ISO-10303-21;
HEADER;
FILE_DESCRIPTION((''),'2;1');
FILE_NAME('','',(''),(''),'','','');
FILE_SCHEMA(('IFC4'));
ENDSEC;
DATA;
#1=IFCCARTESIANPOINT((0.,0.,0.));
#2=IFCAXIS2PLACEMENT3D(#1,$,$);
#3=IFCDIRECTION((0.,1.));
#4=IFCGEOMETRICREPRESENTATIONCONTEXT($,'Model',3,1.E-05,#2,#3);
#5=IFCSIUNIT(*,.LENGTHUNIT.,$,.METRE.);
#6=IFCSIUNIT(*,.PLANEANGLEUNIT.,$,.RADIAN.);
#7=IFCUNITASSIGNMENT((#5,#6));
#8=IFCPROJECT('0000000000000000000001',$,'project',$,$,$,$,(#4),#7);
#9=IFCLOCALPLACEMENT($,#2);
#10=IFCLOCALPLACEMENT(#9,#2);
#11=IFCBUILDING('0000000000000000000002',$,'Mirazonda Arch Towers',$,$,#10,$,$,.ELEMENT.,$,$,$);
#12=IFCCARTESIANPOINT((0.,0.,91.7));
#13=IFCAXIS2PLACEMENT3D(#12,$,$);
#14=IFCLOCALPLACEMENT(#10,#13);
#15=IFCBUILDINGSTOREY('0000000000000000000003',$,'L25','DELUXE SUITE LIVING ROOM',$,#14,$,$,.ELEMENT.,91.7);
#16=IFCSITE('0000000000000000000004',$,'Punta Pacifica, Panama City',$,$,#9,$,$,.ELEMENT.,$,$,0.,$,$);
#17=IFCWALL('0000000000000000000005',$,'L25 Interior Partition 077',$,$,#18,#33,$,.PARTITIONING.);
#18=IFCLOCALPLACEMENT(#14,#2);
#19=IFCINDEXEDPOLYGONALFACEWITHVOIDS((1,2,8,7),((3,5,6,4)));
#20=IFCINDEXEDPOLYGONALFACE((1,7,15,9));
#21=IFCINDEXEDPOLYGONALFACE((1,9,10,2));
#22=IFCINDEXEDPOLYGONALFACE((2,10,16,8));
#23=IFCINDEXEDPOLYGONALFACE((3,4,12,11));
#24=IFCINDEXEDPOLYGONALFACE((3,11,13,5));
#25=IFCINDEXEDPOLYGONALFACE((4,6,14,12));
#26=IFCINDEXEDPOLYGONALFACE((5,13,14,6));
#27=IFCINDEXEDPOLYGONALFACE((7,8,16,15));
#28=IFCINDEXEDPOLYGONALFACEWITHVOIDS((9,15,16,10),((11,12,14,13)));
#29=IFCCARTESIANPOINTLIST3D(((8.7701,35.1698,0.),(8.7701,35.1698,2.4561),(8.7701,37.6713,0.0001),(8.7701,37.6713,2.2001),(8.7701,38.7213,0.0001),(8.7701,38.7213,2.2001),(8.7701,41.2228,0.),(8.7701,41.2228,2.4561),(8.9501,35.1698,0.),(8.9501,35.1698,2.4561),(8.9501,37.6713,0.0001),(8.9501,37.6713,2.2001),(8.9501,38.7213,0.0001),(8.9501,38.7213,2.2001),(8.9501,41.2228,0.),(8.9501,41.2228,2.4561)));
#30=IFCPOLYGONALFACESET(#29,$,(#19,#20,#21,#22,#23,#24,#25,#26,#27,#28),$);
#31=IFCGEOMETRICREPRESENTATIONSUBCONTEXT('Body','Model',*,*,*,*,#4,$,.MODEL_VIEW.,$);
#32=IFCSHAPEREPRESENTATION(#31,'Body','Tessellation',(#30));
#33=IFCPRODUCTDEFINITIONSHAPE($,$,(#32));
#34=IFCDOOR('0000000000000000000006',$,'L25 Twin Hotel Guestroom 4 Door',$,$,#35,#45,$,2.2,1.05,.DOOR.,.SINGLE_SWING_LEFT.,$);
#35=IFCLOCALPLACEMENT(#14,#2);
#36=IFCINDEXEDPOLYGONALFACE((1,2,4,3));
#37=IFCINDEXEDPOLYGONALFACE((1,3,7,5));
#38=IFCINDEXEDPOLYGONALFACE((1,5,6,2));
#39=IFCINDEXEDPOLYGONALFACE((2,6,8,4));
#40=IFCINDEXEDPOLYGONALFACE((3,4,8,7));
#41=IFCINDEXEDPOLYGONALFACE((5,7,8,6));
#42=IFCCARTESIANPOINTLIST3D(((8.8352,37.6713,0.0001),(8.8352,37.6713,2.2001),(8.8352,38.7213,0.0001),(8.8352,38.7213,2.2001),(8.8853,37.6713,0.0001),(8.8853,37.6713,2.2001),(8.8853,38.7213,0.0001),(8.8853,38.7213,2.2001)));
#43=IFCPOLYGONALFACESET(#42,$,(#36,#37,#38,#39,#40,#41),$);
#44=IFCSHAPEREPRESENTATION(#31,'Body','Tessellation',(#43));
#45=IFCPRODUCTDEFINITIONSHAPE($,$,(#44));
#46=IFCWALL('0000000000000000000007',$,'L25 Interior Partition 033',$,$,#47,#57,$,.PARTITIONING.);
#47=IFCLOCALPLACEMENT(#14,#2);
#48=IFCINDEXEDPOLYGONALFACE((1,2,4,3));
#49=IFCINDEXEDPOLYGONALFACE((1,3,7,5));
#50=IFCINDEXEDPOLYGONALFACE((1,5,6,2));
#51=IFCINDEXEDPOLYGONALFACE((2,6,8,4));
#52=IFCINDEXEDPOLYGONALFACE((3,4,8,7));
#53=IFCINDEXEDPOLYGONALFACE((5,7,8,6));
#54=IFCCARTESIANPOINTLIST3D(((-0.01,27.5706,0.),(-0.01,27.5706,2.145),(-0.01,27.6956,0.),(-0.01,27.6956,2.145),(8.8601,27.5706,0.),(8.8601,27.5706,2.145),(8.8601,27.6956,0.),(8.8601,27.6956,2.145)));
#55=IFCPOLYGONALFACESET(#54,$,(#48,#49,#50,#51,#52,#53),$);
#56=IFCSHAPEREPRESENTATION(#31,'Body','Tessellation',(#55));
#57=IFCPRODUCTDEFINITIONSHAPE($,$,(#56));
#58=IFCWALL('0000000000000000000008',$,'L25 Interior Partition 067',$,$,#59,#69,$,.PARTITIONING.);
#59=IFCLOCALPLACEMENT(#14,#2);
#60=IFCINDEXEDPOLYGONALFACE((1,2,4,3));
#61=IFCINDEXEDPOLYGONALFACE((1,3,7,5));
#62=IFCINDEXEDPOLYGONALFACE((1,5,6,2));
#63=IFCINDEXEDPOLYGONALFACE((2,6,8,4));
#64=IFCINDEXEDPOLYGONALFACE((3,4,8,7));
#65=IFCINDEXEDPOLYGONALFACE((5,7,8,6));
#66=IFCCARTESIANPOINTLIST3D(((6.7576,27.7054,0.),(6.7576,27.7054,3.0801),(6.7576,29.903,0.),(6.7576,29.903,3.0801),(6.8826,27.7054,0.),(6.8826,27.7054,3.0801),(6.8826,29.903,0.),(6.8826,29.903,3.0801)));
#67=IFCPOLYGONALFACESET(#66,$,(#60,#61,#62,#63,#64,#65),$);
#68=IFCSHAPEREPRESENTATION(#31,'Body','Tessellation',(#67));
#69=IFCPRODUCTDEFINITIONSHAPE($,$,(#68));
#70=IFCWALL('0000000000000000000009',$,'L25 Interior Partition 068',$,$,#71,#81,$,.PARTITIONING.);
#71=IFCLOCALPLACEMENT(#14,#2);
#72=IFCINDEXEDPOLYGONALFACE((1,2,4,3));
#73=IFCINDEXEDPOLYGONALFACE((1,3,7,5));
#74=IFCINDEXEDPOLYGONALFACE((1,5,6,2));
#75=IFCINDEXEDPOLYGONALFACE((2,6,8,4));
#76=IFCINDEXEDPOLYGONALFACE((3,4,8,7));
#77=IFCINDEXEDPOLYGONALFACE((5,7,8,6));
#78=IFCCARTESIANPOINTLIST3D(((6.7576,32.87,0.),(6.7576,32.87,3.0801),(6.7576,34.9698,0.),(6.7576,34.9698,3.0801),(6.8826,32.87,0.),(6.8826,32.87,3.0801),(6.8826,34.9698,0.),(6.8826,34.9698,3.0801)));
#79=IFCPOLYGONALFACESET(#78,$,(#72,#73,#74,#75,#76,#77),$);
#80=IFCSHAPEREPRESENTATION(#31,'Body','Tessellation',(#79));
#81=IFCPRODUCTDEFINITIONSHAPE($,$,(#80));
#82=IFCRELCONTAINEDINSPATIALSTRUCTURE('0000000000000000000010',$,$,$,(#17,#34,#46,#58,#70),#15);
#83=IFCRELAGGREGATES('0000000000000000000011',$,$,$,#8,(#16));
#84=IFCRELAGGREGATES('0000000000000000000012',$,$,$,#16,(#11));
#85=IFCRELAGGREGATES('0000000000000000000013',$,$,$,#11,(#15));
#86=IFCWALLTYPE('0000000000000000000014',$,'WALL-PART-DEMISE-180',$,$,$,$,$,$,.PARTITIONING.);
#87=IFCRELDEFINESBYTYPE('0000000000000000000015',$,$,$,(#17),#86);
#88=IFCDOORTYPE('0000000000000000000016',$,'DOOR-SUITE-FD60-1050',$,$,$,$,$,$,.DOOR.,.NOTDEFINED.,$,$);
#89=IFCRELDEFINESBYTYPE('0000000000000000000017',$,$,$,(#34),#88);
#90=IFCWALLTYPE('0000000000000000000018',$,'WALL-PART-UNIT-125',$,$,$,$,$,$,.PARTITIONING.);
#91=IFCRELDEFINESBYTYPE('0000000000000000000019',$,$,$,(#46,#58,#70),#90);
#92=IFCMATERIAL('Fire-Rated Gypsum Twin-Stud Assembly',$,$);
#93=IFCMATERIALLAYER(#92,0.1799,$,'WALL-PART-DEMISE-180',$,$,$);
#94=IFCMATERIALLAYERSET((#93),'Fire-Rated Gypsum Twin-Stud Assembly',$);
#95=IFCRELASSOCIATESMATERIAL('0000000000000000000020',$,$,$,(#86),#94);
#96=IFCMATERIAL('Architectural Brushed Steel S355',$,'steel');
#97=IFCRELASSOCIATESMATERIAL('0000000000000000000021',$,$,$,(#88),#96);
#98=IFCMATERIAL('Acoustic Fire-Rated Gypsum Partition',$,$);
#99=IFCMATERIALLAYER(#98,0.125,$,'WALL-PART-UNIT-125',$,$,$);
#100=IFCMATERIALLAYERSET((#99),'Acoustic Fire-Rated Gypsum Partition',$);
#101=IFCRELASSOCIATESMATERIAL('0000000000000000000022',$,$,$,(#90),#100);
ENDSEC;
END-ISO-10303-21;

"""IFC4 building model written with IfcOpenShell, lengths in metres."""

from ifc_helpers import new_model, si_unit, direction, frame, frame_2d, origin, place, context, subcontext, project, spatial, rectangle, extrude, material, layer, layer_set, type_object, element, fill, save


model = new_model("IFC4")

# Units and contexts
model_context = context("Model", 3, precision=1e-05, world=origin(), true_north=direction((0.0, 1.0)))
body_context = subcontext(model_context, "Body", "Model", "MODEL_VIEW")
ifc_project = project(units=[si_unit("LENGTHUNIT", "METRE"), si_unit("PLANEANGLEUNIT", "RADIAN")], contexts=[model_context])

# Site, building, storey
site_placement = place(None, origin())
site = spatial("IfcSite", under=ifc_project, at=site_placement, Name="Punta Pacifica, Panama City", CompositionType="ELEMENT", RefElevation=0.0)
building_placement = place(site_placement, origin())
building = spatial("IfcBuilding", under=site, at=building_placement, Name="Mirazonda Arch Towers", CompositionType="ELEMENT")
storey_placement = place(building_placement, frame((0.0, 0.0, 91.7)))
storey = spatial("IfcBuildingStorey", under=building, at=storey_placement, Name="L25", Description="DELUXE SUITE LIVING ROOM", CompositionType="ELEMENT", Elevation=91.7)

# Shared definitions
ifc_material_1 = material(Name="Fire-Rated Gypsum Twin-Stud Assembly")
ifc_layer_1 = layer(ifc_material_1, 0.1799, Name="WALL-PART-DEMISE-180")
ifc_layer_set_1 = layer_set([ifc_layer_1], Name="Fire-Rated Gypsum Twin-Stud Assembly")
wall_type_1 = type_object("IfcWallType", Name="WALL-PART-DEMISE-180", PredefinedType="PARTITIONING", material=ifc_layer_set_1)
ifc_material_2 = material(Name="Architectural Brushed Steel S355", Category="steel")

# Shared definitions
door_type_1 = type_object("IfcDoorType", Name="DOOR-SUITE-FD60-1050", OperationType="NOTDEFINED", PredefinedType="DOOR", material=ifc_material_2)

# Wall, opening, door
wall_1_placement = place(storey_placement, frame((8.8601, 35.1699, 0.0), z_axis=(0.0, 0.0, 1.0), x_axis=(0.0, 1.0, 0.0)))
wall_1 = element("IfcWall", 1, at=wall_1_placement, inside=storey, type_object=wall_type_1, Name="L25 Interior Partition 077", PredefinedType="PARTITIONING", context=body_context, shape_type="SweptSolid", body=[
    extrude(rectangle(XDim=6.053, YDim=0.1799, at=frame_2d((3.0264, 0.0))), origin(), (0.0, 0.0, 1.0), 2.4561),
])
opening_1_placement = place(wall_1_placement, frame((2.5015, 0.0, 0.0)))
opening_1 = element("IfcOpeningElement", 2, at=opening_1_placement, cuts=wall_1, PredefinedType="OPENING", context=body_context, shape_type="SweptSolid", body=[
    extrude(rectangle(XDim=1.05, YDim=2.2, at=frame_2d((0.5249, 1.1001))), frame((0.0, 0.0999, 0.0), z_axis=(0.0, -1.0, 0.0), x_axis=(1.0, 0.0, 0.0)), (0.0, 0.0, 1.0), 0.2),
])
door_1_placement = place(opening_1_placement, origin())
door_1 = element("IfcDoor", 3, at=door_1_placement, inside=storey, type_object=door_type_1, Name="L25 Twin Hotel Guestroom 4 Door", OperationType="SINGLE_SWING_LEFT", OverallHeight=2.2, OverallWidth=1.05, PredefinedType="DOOR", context=body_context, shape_type="SweptSolid", body=[
    extrude(rectangle(XDim=1.05, YDim=2.2, at=frame_2d((0.5249, 1.1001))), frame((0.0, 0.0249, 0.0), z_axis=(0.0, -1.0, 0.0), x_axis=(1.0, 0.0, 0.0)), (0.0, 0.0, 1.0), 0.05),
])
fill(opening_1, door_1)

# Walls
ifc_material_3 = material(Name="Acoustic Fire-Rated Gypsum Partition")
ifc_layer_2 = layer(ifc_material_3, 0.125, Name="WALL-PART-UNIT-125")
ifc_layer_set_2 = layer_set([ifc_layer_2], Name="Acoustic Fire-Rated Gypsum Partition")
wall_type_2 = type_object("IfcWallType", Name="WALL-PART-UNIT-125", PredefinedType="PARTITIONING", material=ifc_layer_set_2)
wall_2_placement = place(storey_placement, frame((-0.01, 27.6331, 0.0), z_axis=(0.0, 0.0, 1.0), x_axis=(1.0, 0.0, 0.0)))
element("IfcWall", 4, at=wall_2_placement, inside=storey, type_object=wall_type_2, Name="L25 Interior Partition 033", PredefinedType="PARTITIONING", context=body_context, shape_type="SweptSolid", body=[
    extrude(rectangle(XDim=8.8701, YDim=0.125, at=frame_2d((4.4351, 0.0))), origin(), (0.0, 0.0, 1.0), 2.145),
])
wall_3_placement = place(storey_placement, frame((6.8201, 27.7056, 0.0), z_axis=(0.0, 0.0, 1.0), x_axis=(0.0, 1.0, 0.0)))
element("IfcWall", 5, at=wall_3_placement, inside=storey, type_object=wall_type_2, Name="L25 Interior Partition 067", PredefinedType="PARTITIONING", context=body_context, shape_type="SweptSolid", body=[
    extrude(rectangle(XDim=2.1975, YDim=0.125, at=frame_2d((1.0986, 0.0))), origin(), (0.0, 0.0, 1.0), 3.0801),
])
wall_4_placement = place(storey_placement, frame((6.8201, 32.8701, 0.0), z_axis=(0.0, 0.0, 1.0), x_axis=(0.0, 1.0, 0.0)))
element("IfcWall", 6, at=wall_4_placement, inside=storey, type_object=wall_type_2, Name="L25 Interior Partition 068", PredefinedType="PARTITIONING", context=body_context, shape_type="SweptSolid", body=[
    extrude(rectangle(XDim=2.0999, YDim=0.125, at=frame_2d((1.0498, 0.0))), origin(), (0.0, 0.0, 1.0), 3.0801),
])

save(model, "model.ifc")
